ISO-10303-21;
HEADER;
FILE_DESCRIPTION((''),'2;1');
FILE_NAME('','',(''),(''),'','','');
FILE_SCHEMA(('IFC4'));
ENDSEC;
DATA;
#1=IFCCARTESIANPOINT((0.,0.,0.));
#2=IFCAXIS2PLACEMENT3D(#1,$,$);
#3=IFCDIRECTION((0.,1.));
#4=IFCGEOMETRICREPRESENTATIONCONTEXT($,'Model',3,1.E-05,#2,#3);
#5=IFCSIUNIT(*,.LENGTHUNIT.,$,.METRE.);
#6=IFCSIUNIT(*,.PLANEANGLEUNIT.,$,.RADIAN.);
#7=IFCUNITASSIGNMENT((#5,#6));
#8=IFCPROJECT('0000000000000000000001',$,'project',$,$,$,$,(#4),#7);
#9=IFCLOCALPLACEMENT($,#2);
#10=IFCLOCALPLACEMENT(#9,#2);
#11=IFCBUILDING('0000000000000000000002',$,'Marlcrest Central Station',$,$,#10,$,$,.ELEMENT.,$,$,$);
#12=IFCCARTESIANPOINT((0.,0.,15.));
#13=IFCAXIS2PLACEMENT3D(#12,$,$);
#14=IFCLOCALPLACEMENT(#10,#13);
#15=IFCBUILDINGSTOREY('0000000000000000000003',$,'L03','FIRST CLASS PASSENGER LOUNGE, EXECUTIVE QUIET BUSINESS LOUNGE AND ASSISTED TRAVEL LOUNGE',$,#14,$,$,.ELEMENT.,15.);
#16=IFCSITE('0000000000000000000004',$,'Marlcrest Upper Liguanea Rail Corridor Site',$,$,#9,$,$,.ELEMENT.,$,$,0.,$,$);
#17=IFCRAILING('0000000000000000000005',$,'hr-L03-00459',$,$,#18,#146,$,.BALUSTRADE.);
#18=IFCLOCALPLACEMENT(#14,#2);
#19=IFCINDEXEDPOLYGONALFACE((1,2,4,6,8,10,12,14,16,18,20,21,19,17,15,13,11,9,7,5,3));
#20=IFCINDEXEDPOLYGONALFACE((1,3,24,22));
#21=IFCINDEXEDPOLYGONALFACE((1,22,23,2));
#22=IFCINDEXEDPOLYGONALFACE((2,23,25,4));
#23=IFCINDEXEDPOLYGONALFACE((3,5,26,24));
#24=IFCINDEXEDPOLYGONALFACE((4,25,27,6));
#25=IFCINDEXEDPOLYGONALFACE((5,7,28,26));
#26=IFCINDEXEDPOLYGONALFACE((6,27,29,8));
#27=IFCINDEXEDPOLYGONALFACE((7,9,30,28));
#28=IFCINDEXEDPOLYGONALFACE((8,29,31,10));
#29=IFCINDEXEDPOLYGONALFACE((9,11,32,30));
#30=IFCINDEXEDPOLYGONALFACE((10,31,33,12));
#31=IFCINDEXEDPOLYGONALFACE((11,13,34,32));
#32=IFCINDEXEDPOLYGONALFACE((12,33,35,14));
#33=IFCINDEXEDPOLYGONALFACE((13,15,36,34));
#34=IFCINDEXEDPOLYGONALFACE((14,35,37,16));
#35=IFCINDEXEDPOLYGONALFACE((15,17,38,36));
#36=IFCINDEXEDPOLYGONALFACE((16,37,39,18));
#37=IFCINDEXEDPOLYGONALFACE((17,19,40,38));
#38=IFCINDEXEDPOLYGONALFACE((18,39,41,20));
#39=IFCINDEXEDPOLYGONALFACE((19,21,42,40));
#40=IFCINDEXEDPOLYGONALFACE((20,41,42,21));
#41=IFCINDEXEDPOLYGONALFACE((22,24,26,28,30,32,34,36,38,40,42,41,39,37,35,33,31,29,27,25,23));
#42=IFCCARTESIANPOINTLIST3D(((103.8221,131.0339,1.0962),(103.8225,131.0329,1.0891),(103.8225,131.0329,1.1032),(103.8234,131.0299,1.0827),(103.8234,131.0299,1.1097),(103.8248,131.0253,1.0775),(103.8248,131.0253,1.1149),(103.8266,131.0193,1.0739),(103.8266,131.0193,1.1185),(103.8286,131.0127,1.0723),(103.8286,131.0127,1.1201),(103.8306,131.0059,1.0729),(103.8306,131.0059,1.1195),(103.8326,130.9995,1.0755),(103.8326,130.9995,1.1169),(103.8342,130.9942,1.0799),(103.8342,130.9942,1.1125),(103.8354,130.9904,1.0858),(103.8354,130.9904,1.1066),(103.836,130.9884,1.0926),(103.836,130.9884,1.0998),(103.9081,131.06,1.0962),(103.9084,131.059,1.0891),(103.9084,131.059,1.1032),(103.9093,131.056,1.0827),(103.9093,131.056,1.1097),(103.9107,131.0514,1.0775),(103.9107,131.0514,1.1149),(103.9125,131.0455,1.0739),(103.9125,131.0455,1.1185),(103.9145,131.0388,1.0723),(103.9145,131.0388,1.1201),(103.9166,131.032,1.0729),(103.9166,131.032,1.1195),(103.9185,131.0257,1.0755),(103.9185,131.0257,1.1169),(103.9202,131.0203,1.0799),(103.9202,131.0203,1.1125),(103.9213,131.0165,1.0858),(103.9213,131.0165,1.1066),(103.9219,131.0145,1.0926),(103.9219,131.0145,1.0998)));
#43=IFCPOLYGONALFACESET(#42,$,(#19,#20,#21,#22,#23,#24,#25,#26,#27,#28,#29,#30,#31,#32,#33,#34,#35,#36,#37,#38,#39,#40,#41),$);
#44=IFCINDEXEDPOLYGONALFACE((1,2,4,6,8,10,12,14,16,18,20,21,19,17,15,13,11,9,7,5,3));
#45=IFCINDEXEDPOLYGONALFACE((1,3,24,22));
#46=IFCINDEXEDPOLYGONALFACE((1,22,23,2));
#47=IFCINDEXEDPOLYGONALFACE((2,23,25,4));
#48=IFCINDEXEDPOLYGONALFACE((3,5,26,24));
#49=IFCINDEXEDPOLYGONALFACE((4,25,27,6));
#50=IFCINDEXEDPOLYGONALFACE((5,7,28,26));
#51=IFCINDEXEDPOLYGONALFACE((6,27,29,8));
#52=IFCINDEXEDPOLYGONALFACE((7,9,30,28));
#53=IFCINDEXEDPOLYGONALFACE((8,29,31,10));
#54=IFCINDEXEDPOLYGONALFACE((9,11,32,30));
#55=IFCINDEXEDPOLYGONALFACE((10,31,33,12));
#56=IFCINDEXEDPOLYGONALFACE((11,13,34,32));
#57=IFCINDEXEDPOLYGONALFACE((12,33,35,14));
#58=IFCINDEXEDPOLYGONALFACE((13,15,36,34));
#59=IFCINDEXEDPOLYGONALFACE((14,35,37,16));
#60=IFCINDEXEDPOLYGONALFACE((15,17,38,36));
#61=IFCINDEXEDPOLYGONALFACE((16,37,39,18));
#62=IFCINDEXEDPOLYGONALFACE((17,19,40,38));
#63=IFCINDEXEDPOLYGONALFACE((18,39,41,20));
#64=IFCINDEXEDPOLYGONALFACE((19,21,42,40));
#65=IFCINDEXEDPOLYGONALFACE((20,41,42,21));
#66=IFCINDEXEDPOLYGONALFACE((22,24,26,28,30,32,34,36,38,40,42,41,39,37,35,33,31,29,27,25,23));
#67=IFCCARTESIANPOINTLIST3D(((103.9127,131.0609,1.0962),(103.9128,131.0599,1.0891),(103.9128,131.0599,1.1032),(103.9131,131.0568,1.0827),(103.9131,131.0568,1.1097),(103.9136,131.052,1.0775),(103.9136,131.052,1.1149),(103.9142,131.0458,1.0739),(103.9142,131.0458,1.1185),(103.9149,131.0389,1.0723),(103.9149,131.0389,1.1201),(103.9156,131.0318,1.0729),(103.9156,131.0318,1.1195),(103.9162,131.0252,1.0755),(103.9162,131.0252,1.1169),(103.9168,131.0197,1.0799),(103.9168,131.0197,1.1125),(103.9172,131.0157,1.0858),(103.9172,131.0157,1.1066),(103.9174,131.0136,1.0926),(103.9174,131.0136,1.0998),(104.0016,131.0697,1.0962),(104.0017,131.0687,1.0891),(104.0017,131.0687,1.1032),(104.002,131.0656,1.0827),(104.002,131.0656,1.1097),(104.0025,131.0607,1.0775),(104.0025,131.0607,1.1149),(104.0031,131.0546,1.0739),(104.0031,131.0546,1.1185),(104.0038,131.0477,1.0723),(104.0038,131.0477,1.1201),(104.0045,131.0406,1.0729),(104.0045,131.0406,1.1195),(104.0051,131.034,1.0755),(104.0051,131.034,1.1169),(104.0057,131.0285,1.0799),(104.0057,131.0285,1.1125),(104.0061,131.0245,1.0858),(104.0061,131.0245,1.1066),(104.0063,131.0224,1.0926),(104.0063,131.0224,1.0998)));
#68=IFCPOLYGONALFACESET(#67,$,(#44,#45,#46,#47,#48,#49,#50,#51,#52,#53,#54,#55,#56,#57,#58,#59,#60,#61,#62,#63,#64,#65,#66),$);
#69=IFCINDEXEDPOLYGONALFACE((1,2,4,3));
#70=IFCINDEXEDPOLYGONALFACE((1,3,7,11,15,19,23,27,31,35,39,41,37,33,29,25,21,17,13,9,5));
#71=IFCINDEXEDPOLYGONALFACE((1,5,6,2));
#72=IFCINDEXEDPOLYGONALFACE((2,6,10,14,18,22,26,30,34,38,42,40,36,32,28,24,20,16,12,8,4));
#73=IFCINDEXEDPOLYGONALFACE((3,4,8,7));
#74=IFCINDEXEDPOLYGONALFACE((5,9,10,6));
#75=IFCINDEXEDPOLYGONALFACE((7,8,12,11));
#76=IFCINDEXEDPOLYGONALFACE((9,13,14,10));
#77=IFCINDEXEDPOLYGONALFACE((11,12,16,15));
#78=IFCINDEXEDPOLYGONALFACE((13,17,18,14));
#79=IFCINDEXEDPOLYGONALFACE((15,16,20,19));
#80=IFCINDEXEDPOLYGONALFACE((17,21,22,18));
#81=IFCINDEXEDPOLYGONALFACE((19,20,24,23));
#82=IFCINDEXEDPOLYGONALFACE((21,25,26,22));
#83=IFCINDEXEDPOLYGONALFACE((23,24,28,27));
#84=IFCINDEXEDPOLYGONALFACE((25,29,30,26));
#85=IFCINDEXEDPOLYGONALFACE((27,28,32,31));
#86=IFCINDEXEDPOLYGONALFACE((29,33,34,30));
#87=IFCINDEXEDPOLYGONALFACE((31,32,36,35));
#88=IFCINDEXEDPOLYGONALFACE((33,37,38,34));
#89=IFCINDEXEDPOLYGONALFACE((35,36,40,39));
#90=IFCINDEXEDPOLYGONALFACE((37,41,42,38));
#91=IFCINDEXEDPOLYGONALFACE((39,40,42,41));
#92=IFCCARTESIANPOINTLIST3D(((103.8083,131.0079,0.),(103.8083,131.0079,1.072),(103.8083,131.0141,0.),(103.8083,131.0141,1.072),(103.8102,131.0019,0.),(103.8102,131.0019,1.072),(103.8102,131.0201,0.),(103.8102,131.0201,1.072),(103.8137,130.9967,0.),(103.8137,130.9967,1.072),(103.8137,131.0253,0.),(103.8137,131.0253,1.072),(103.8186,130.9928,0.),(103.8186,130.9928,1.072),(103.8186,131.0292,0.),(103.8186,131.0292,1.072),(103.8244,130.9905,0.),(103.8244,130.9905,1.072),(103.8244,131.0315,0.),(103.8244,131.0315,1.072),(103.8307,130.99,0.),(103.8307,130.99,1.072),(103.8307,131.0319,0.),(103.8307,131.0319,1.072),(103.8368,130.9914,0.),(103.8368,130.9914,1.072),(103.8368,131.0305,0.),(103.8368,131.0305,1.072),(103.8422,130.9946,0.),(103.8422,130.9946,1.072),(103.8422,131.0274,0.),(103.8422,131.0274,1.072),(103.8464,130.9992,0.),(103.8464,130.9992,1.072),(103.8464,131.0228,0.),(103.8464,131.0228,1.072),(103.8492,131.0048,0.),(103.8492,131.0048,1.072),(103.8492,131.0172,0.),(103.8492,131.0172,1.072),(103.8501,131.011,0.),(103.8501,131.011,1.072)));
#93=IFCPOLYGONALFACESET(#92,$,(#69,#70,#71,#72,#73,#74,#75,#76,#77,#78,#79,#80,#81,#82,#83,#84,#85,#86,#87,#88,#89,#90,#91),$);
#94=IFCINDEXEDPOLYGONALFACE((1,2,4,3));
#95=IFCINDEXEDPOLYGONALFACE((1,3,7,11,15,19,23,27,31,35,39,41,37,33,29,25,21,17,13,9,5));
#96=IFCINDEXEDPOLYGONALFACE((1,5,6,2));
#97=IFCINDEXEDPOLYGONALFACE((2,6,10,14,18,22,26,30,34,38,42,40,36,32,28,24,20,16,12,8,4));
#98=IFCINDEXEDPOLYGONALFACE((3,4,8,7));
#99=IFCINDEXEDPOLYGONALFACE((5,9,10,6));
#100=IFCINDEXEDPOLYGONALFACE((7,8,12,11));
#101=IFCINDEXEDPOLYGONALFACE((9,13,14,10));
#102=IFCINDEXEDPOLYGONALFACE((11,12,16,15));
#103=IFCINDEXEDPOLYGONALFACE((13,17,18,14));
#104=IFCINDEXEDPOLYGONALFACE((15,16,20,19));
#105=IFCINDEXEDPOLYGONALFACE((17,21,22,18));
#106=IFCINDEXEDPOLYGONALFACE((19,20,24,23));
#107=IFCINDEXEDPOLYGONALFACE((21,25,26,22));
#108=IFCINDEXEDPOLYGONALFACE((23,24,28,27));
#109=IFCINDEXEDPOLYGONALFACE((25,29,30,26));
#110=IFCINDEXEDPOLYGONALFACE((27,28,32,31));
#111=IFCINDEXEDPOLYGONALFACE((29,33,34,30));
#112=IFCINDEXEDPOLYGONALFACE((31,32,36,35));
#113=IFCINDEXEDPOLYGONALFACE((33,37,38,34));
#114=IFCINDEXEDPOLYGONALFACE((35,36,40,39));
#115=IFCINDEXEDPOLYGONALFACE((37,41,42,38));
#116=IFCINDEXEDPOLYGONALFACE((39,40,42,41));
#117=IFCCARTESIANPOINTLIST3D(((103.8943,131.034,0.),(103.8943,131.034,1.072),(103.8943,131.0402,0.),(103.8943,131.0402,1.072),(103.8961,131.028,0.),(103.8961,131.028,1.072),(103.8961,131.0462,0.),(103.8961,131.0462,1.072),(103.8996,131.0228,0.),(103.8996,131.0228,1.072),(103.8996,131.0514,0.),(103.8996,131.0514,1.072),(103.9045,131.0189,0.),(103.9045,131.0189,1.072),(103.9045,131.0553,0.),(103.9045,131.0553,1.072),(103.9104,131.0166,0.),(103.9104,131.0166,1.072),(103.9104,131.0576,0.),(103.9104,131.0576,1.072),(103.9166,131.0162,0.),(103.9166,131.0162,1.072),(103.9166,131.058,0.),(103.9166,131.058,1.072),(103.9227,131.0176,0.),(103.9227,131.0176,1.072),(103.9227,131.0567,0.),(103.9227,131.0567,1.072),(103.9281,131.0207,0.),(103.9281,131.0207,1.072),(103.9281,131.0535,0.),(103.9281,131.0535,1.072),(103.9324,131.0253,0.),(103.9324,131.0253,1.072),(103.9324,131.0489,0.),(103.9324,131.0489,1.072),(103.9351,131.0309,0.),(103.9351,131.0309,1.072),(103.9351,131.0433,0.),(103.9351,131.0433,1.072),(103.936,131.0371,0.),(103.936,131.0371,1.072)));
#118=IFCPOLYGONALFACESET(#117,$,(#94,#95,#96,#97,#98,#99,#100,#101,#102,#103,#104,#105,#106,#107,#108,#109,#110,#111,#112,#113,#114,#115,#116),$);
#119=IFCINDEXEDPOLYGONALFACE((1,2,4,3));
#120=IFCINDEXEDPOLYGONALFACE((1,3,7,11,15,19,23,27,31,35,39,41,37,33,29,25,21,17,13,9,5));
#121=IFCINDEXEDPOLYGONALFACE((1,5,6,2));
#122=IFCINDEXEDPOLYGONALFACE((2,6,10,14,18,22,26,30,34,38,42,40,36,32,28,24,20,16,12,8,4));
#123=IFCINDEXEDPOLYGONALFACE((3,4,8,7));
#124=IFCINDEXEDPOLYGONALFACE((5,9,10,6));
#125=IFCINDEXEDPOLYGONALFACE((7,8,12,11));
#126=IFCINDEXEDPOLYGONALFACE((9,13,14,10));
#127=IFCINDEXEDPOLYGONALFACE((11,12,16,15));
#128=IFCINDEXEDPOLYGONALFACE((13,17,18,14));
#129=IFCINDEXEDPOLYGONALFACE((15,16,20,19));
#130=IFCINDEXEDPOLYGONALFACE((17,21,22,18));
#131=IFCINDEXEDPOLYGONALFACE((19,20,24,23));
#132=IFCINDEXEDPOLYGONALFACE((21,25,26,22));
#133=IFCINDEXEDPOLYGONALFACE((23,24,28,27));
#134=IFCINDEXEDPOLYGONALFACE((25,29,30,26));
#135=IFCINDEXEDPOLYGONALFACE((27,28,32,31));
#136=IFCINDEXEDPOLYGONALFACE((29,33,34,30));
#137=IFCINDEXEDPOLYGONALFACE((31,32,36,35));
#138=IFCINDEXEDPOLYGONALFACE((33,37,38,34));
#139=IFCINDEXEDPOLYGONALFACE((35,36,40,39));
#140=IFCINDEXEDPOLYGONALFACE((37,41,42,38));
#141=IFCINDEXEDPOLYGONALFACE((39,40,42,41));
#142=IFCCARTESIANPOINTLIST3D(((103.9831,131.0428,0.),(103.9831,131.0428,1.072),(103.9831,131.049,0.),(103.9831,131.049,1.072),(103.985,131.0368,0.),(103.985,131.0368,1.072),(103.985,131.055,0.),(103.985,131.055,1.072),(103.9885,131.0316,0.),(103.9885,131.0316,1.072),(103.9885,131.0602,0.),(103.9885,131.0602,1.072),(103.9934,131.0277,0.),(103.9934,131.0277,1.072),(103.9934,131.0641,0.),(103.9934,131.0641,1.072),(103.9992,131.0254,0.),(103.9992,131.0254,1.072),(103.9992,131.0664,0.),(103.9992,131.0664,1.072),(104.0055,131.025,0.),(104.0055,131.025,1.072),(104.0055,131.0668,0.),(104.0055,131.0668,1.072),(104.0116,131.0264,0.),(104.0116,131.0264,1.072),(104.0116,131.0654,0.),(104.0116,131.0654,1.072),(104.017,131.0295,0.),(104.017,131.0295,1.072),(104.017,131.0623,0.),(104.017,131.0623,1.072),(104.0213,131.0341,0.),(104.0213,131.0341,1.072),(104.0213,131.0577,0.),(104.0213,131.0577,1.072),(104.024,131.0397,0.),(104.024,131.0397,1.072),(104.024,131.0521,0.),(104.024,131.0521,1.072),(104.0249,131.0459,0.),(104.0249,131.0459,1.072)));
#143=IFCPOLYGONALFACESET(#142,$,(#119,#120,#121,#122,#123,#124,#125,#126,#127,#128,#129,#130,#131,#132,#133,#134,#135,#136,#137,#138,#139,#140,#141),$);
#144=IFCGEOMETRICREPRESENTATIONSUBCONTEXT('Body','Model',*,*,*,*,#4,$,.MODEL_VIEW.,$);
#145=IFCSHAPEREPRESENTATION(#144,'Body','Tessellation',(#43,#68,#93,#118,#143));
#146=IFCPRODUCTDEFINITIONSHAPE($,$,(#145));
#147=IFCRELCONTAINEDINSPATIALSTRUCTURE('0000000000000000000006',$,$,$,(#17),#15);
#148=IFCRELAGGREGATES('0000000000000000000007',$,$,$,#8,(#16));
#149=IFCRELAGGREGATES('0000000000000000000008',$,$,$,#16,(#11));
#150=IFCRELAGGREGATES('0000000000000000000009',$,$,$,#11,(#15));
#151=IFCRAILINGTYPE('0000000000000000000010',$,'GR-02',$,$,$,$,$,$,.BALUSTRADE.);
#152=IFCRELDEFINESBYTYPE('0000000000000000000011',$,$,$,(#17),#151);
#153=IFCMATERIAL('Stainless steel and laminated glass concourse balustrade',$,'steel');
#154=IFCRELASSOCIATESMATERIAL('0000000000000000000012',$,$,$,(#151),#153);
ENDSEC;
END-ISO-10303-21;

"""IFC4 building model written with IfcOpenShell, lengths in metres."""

from ifc_helpers import new_model, si_unit, direction, frame, origin, origin_2d, place, context, subcontext, project, spatial, circle, extrude, material, type_object, element, save


model = new_model("IFC4")

# Units and contexts
model_context = context("Model", 3, precision=1e-05, world=origin(), true_north=direction((0.0, 1.0)))
body_context = subcontext(model_context, "Body", "Model", "MODEL_VIEW")
ifc_project = project(units=[si_unit("LENGTHUNIT", "METRE"), si_unit("PLANEANGLEUNIT", "RADIAN")], contexts=[model_context])

# Site, building, storey
site_placement = place(None, origin())
site = spatial("IfcSite", under=ifc_project, at=site_placement, Name="Marlcrest Upper Liguanea Rail Corridor Site", CompositionType="ELEMENT", RefElevation=0.0)
building_placement = place(site_placement, origin())
building = spatial("IfcBuilding", under=site, at=building_placement, Name="Marlcrest Central Station", CompositionType="ELEMENT")
storey_placement = place(building_placement, frame((0.0, 0.0, 15.0)))
storey = spatial("IfcBuildingStorey", under=building, at=storey_placement, Name="L03", Description="FIRST CLASS PASSENGER LOUNGE, EXECUTIVE QUIET BUSINESS LOUNGE AND ASSISTED TRAVEL LOUNGE", CompositionType="ELEMENT", Elevation=15.0)

# Railing
ifc_material_1 = material(Name="Stainless steel and laminated glass concourse balustrade", Category="steel")
railing_type = type_object("IfcRailingType", Name="GR-02", PredefinedType="BALUSTRADE", material=ifc_material_1)
railing_1_placement = place(storey_placement, frame((103.8291, 131.011, 0.0)))
element("IfcRailing", 1, at=railing_1_placement, inside=storey, type_object=railing_type, Name="hr-L03-00459", PredefinedType="BALUSTRADE", context=body_context, shape_type="SweptSolid", body=[
    extrude(circle(Radius=0.0239, at=origin_2d()), frame((0.0, 0.0, 1.0962), z_axis=(0.956773, 0.290837, 0.0), x_axis=(-0.290837, 0.956773, 0.0)), (0.0, 0.0, 1.0), 0.0898),
    extrude(circle(Radius=0.0239, at=origin_2d()), frame((0.0859, 0.0261, 1.0962), z_axis=(0.995145, 0.098421, 0.0), x_axis=(-0.098421, 0.995145, 0.0)), (0.0, 0.0, 1.0), 0.0894),
    extrude(circle(Radius=0.021, at=origin_2d()), origin(), (0.0, 0.0, 1.0), 1.072),
    extrude(circle(Radius=0.021, at=origin_2d()), frame((0.0859, 0.0261, 0.0)), (0.0, 0.0, 1.0), 1.072),
    extrude(circle(Radius=0.021, at=origin_2d()), frame((0.1748, 0.0349, 0.0)), (0.0, 0.0, 1.0), 1.072),
])

save(model, "model.ifc")
